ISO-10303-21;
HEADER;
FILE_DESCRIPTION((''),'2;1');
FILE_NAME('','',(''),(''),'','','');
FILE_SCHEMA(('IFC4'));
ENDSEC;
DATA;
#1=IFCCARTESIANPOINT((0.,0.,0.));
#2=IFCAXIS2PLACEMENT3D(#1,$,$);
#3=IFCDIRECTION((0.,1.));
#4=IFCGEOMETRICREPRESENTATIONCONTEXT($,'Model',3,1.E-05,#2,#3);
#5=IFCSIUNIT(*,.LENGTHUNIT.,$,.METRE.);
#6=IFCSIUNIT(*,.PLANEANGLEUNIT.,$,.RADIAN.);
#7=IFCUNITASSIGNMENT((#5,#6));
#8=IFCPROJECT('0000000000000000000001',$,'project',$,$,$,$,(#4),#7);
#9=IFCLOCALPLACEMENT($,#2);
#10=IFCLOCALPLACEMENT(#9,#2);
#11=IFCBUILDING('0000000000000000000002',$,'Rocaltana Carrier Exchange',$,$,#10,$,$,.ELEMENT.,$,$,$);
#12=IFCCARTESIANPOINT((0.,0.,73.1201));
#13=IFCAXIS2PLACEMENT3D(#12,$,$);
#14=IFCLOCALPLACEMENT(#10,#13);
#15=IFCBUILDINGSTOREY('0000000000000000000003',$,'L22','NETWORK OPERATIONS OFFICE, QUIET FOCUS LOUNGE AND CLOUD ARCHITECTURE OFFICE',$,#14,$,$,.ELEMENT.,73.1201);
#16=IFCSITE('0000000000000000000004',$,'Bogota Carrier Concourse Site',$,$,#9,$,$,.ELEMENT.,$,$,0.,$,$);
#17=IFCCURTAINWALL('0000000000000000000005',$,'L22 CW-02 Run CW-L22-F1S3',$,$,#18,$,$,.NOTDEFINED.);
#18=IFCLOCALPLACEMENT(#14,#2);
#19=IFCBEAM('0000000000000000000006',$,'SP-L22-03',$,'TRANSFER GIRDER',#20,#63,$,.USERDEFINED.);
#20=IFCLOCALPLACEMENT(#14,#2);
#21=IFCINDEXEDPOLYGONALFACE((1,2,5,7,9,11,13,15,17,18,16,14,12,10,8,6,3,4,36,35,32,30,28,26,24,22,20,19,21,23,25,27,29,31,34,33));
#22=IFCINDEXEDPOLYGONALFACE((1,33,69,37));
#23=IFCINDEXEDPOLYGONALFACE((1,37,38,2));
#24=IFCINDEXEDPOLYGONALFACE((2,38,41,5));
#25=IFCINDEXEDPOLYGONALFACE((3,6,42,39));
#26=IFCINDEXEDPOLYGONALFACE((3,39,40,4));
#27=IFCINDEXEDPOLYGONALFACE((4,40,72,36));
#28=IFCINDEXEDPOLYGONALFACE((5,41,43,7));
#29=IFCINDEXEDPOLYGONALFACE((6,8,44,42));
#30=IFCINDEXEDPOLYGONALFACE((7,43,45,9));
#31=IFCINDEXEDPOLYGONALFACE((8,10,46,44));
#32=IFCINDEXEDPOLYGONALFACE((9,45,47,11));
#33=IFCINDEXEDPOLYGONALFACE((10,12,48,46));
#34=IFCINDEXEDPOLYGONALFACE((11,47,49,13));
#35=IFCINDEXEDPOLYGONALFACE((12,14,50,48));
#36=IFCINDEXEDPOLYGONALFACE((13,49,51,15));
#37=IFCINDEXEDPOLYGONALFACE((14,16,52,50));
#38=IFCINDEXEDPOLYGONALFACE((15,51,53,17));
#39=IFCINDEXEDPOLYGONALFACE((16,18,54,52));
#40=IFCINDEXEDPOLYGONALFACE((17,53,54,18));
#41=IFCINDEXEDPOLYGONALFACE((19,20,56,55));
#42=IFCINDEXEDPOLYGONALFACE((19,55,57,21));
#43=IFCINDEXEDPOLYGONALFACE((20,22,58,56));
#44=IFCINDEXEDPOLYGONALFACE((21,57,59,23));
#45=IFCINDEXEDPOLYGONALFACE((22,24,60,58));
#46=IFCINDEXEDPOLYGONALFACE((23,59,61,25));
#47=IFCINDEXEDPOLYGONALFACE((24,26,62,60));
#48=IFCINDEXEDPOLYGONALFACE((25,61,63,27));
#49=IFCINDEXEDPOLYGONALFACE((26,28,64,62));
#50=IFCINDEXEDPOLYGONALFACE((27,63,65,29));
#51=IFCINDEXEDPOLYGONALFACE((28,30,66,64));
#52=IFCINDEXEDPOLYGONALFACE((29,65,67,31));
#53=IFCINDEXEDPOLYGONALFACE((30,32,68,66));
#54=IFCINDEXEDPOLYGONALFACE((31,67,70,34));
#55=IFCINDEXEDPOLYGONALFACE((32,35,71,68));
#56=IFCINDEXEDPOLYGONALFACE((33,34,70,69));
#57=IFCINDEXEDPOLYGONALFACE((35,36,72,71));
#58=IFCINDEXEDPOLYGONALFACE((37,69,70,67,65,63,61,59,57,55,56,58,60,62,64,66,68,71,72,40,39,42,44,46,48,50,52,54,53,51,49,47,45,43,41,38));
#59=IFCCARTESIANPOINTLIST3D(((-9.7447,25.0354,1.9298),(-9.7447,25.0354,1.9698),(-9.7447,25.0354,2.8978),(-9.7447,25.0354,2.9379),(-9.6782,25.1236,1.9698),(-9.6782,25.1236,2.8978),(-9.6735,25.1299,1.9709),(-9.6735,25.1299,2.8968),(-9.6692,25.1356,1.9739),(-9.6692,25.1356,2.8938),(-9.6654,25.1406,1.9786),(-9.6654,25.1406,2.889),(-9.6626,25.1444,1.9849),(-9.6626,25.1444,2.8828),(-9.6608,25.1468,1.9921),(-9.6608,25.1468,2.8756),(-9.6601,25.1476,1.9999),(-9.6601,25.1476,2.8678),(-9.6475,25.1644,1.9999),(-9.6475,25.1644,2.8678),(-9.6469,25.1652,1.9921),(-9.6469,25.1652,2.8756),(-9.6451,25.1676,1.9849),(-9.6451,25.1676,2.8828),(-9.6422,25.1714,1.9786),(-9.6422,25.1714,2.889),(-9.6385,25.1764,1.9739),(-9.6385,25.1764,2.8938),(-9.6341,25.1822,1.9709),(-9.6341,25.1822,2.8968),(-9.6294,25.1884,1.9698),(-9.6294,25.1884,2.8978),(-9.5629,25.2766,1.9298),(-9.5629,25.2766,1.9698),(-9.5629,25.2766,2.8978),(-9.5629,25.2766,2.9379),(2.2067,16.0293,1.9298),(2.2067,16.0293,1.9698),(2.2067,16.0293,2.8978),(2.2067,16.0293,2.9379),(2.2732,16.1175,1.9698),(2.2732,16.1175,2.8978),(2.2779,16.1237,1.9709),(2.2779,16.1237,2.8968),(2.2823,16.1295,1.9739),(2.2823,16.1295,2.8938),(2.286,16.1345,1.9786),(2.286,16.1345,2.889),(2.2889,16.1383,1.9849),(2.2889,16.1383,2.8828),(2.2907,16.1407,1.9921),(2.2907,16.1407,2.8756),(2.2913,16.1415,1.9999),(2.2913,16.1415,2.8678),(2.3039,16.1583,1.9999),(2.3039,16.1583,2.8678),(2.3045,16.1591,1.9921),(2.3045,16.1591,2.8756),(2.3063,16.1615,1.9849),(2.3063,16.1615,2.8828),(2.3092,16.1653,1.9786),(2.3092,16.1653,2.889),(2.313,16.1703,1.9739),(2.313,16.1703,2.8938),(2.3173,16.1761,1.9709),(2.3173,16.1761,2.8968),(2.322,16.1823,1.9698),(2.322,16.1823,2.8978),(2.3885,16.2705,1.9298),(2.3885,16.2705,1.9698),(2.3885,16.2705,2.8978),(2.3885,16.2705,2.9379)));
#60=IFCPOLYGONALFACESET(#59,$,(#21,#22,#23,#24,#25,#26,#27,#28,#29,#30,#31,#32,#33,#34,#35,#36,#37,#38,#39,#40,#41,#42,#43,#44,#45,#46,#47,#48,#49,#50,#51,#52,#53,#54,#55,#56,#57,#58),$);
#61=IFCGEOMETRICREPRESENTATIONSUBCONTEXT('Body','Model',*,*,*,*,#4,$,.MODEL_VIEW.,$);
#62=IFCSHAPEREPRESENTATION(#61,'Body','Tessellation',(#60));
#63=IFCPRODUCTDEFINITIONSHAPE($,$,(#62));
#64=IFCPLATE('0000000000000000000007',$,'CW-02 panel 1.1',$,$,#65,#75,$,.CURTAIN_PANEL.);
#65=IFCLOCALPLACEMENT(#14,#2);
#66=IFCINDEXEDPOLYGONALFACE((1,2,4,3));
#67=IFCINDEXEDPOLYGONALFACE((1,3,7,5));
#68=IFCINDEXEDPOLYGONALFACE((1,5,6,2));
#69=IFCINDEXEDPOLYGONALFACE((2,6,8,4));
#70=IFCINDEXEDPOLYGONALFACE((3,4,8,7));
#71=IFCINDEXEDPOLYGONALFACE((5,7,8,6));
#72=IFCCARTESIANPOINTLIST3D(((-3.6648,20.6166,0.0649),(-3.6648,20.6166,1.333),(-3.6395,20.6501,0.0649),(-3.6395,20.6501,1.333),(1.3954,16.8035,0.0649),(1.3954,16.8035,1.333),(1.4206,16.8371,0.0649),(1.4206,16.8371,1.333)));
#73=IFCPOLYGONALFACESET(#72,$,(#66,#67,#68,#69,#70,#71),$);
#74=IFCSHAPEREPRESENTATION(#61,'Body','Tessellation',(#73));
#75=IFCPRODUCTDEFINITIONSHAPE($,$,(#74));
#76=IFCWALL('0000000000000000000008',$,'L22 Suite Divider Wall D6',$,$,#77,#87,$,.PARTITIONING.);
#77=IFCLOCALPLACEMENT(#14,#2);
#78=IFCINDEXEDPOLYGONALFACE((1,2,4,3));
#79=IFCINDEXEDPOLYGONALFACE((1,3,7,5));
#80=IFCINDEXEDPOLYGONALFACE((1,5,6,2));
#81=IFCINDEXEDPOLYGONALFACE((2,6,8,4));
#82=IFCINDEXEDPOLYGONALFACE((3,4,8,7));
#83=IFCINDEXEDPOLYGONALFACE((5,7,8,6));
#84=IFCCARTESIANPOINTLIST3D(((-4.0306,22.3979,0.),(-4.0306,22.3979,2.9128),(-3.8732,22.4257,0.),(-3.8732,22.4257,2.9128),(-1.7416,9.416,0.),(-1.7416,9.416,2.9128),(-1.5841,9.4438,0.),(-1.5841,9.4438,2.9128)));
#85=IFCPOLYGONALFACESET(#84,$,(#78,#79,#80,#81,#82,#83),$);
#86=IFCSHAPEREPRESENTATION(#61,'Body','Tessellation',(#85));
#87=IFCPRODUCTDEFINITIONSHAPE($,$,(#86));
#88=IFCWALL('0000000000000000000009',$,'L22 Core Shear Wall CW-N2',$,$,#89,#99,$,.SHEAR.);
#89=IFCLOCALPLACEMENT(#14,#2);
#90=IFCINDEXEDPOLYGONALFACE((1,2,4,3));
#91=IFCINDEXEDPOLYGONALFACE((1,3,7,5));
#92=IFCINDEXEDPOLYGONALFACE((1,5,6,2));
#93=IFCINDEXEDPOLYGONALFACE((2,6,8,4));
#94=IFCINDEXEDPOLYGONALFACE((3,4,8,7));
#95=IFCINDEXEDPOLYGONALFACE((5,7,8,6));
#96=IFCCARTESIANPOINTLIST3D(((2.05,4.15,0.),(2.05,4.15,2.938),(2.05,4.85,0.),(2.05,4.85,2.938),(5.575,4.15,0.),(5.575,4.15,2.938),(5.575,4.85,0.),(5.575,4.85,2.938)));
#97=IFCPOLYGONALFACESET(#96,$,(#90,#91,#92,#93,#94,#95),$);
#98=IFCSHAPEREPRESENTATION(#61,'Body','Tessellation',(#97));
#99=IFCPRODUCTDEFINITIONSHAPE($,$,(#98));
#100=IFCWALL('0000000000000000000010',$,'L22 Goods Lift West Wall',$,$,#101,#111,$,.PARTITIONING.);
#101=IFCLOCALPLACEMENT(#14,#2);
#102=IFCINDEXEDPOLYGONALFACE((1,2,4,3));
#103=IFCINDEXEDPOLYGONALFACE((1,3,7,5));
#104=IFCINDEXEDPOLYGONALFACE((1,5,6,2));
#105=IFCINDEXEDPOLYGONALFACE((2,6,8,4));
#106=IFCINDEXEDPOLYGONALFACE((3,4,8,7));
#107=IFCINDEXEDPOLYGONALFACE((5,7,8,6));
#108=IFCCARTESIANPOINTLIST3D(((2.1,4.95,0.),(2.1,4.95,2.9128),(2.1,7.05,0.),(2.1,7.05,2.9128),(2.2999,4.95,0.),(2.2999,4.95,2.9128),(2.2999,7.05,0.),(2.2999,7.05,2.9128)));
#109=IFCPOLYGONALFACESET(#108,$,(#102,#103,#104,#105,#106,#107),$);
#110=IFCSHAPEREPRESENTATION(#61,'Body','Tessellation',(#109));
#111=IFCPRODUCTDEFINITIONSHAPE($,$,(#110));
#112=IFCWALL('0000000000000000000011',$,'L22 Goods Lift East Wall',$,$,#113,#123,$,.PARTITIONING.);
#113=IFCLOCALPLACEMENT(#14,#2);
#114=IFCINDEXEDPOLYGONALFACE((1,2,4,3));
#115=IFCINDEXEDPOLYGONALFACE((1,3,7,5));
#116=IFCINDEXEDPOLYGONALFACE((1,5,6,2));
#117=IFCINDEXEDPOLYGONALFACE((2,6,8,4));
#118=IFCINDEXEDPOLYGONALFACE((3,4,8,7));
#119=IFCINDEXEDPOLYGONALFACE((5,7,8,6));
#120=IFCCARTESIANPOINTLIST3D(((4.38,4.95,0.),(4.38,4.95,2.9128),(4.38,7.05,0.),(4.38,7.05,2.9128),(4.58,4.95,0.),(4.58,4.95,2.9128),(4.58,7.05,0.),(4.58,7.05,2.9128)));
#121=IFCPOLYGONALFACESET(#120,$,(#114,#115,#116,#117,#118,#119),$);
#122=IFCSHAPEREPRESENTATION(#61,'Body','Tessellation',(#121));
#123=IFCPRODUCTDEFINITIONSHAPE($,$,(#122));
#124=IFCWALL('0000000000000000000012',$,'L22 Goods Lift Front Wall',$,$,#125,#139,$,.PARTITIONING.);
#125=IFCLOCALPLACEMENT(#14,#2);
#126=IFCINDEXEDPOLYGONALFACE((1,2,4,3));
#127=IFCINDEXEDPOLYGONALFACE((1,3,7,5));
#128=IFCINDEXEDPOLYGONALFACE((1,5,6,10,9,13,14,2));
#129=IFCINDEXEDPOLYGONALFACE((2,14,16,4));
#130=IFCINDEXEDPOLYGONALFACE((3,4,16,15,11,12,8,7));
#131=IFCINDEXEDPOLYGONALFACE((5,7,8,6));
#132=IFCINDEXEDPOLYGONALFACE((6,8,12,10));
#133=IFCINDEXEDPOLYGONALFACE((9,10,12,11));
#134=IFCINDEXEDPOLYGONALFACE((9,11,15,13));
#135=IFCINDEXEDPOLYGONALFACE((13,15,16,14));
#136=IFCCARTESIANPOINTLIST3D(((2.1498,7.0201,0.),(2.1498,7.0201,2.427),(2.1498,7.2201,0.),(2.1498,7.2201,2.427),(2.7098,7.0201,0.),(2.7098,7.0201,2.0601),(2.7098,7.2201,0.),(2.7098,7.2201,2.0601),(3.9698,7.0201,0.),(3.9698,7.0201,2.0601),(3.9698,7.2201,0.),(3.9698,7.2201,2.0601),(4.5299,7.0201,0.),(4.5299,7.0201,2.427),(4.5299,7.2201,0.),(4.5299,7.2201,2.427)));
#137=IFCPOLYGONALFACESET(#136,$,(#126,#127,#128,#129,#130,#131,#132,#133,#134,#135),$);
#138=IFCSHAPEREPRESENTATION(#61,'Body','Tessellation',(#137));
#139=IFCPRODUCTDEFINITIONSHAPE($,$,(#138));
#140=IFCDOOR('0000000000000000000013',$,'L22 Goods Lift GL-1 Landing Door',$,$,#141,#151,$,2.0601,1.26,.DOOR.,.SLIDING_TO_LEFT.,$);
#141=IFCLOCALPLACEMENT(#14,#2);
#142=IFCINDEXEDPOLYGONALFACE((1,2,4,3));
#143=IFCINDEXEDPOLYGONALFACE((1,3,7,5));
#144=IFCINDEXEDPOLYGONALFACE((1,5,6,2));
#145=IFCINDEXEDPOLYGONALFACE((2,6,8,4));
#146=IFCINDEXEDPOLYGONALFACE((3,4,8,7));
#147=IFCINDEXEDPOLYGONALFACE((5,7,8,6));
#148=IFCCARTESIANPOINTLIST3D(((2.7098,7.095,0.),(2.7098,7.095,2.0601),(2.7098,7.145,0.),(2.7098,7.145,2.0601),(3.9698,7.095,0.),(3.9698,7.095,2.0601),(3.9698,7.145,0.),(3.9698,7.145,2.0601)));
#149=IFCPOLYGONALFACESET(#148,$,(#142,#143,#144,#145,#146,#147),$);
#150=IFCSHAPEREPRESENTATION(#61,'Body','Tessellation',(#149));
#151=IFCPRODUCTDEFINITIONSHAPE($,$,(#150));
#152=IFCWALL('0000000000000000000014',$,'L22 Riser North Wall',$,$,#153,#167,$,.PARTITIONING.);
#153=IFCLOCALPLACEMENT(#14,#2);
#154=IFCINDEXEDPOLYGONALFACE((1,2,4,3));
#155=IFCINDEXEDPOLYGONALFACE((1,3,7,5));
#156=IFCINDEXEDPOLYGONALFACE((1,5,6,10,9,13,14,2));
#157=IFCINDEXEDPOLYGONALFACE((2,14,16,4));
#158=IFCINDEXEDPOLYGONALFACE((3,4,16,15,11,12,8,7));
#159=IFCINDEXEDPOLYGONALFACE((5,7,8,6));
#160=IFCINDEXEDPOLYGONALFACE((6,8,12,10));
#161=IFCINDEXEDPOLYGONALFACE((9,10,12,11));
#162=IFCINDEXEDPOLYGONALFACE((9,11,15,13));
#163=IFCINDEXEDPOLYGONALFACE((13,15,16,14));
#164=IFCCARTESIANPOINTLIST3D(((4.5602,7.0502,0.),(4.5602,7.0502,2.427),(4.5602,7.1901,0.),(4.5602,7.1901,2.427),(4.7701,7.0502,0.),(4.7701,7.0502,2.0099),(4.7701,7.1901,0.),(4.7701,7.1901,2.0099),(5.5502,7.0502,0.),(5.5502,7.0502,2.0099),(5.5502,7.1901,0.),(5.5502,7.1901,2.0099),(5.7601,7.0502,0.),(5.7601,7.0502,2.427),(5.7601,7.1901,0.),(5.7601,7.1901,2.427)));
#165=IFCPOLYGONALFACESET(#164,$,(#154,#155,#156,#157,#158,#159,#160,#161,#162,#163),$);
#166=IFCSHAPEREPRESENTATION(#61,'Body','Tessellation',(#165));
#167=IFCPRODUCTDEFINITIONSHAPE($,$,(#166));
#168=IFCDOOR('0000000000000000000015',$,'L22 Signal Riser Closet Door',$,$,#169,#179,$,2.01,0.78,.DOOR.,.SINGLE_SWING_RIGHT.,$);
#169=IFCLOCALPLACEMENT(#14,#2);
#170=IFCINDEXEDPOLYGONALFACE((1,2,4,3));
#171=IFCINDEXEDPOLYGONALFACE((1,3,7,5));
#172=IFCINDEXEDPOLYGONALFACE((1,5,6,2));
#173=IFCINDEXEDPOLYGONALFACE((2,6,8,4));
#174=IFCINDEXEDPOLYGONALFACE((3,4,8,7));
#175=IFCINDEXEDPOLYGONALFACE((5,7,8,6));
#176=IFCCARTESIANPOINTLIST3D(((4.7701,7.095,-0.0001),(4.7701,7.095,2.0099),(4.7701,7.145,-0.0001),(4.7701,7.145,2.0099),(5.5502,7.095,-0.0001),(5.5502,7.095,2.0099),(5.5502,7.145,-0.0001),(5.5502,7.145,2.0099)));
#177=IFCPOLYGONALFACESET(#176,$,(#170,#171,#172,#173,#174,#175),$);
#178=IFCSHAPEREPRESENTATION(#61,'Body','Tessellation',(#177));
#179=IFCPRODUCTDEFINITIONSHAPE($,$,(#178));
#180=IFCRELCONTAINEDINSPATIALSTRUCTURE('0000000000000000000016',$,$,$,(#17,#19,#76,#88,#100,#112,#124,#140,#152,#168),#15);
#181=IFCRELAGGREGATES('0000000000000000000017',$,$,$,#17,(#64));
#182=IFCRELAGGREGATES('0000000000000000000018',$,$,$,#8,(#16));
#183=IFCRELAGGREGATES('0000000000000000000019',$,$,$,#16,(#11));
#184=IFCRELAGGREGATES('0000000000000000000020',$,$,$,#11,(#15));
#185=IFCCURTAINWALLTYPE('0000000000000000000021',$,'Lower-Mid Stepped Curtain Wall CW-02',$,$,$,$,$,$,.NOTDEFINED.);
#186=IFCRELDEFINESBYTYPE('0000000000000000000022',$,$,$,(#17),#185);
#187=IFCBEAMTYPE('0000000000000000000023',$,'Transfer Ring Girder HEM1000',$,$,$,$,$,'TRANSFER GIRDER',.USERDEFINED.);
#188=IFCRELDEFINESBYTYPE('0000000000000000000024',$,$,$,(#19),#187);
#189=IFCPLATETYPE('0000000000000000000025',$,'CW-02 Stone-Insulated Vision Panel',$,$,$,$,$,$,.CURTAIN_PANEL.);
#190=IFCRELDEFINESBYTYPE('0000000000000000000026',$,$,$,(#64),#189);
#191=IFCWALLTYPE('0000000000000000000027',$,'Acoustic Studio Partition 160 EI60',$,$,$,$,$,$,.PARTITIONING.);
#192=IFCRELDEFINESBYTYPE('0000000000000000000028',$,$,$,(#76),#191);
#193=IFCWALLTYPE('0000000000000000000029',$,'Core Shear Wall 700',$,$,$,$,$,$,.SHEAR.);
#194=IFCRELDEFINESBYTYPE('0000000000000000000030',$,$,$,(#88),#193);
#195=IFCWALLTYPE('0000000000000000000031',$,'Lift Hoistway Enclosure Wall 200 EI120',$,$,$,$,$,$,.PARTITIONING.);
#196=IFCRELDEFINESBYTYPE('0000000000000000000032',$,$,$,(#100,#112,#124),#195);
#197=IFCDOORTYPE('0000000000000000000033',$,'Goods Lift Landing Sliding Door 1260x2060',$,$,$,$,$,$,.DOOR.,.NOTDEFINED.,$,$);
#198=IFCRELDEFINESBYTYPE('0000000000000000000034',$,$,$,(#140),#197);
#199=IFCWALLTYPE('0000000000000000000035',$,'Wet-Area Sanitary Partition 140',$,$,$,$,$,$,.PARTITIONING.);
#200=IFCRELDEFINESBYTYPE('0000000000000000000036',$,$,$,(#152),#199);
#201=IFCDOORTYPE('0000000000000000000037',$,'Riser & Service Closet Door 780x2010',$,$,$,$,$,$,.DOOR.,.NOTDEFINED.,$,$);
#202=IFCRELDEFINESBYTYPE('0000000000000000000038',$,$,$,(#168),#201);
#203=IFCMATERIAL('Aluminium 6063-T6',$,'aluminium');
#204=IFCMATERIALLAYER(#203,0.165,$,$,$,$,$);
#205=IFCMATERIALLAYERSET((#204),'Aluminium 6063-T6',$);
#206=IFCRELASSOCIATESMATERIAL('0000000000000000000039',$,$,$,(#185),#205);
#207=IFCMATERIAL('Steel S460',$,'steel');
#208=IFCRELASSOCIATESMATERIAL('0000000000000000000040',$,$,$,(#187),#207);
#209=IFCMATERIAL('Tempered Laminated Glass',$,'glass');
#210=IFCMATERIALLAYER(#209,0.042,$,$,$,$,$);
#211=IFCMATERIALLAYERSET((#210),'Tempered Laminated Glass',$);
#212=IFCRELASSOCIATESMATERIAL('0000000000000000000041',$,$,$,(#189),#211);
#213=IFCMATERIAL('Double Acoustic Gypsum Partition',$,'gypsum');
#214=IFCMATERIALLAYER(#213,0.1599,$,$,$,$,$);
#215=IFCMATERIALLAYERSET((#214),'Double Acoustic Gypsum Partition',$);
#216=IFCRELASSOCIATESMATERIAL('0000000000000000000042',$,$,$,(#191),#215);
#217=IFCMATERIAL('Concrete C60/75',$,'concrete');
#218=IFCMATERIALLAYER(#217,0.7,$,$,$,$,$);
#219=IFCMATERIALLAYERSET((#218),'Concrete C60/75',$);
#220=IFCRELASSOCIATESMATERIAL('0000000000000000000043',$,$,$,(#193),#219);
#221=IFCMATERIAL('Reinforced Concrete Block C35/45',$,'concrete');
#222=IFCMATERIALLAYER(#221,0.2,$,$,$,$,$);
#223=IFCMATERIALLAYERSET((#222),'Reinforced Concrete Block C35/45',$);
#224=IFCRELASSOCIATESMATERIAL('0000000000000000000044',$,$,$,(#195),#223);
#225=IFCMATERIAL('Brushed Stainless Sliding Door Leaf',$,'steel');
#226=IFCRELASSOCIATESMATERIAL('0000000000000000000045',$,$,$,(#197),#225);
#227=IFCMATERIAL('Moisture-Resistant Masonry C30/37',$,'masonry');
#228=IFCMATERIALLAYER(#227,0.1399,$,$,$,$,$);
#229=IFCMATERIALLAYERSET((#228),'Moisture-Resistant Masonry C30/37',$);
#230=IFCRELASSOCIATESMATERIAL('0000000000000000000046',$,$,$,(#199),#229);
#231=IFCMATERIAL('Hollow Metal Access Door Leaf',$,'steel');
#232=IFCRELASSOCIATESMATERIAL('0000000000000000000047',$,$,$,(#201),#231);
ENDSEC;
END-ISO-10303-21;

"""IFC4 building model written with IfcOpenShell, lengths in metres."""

from ifc_helpers import new_model, si_unit, direction, frame, frame_2d, origin, origin_2d, place, context, subcontext, project, spatial, rectangle, i_section, extrude, material, layer, layer_set, material_profile, profile_set, type_object, element, fill, aggregate, save


model = new_model("IFC4")

# Units and contexts
model_context = context("Model", 3, precision=1e-05, world=origin(), true_north=direction((0.0, 1.0)))
body_context = subcontext(model_context, "Body", "Model", "MODEL_VIEW")
ifc_project = project(units=[si_unit("LENGTHUNIT", "METRE"), si_unit("PLANEANGLEUNIT", "RADIAN")], contexts=[model_context])

# Site, building, storey
site_placement = place(None, origin())
site = spatial("IfcSite", under=ifc_project, at=site_placement, Name="Bogota Carrier Concourse Site", CompositionType="ELEMENT", RefElevation=0.0)
building_placement = place(site_placement, origin())
building = spatial("IfcBuilding", under=site, at=building_placement, Name="Rocaltana Carrier Exchange", CompositionType="ELEMENT")
storey_placement = place(building_placement, frame((0.0, 0.0, 73.1201)))
storey = spatial("IfcBuildingStorey", under=building, at=storey_placement, Name="L22", Description="NETWORK OPERATIONS OFFICE, QUIET FOCUS LOUNGE AND CLOUD ARCHITECTURE OFFICE", CompositionType="ELEMENT", Elevation=73.1201)

# Shared definitions
ifc_material_1 = material(Name="Aluminium 6063-T6", Category="aluminium")
ifc_layer_1 = layer(ifc_material_1, 0.165)
ifc_layer_set_1 = layer_set([ifc_layer_1], Name="Aluminium 6063-T6")
curtain_wall_type = type_object("IfcCurtainWallType", Name="Lower-Mid Stepped Curtain Wall CW-02", PredefinedType="NOTDEFINED", material=ifc_layer_set_1)

# Curtain wall
curtain_wall_1_placement = place(storey_placement, origin())
curtain_wall_1 = element("IfcCurtainWall", 1, at=curtain_wall_1_placement, inside=storey, type_object=curtain_wall_type, Name="L22 CW-02 Run CW-L22-F1S3", PredefinedType="NOTDEFINED")

# Beam
ifc_material_2 = material(Name="Steel S460", Category="steel")
ifc_material_profile_1 = material_profile(ifc_material_2, i_section(OverallWidth=0.302, OverallDepth=1.0081, WebThickness=0.021, FlangeThickness=0.04, FilletRadius=0.03, at=origin_2d()), Name="HEM1000")
ifc_profile_set_1 = profile_set([ifc_material_profile_1], Name="Steel S460")
beam_type_1 = type_object("IfcBeamType", Name="Transfer Ring Girder HEM1000", ElementType="TRANSFER GIRDER", PredefinedType="USERDEFINED", material=ifc_profile_set_1)
beam_1_placement = place(storey_placement, frame((2.2976, 16.1499, 2.4338), z_axis=(-0.798633, 0.601818, 0.0), x_axis=(-0.601818, -0.798633, 0.0)))
element("IfcBeam", 2, at=beam_1_placement, inside=storey, type_object=beam_type_1, Name="SP-L22-03", ObjectType="TRANSFER GIRDER", PredefinedType="USERDEFINED", context=body_context, shape_type="SweptSolid", body=[
    extrude(i_section(OverallWidth=0.302, OverallDepth=1.0081, WebThickness=0.021, FlangeThickness=0.04, FilletRadius=0.03, at=origin_2d()), origin(), (0.0, 0.0, 1.0), 14.9648),
])

# Plate
ifc_material_3 = material(Name="Tempered Laminated Glass", Category="glass")
ifc_layer_2 = layer(ifc_material_3, 0.042)
ifc_layer_set_2 = layer_set([ifc_layer_2], Name="Tempered Laminated Glass")
plate_type = type_object("IfcPlateType", Name="CW-02 Stone-Insulated Vision Panel", PredefinedType="CURTAIN_PANEL", material=ifc_layer_set_2)
plate_placement = place(storey_placement, frame((-1.1221, 18.7268, 0.0649), z_axis=(0.0, 0.0, 1.0), x_axis=(-0.798638, 0.601812, 0.0)))
plate = element("IfcPlate", 3, at=plate_placement, type_object=plate_type, Name="CW-02 panel 1.1", PredefinedType="CURTAIN_PANEL", context=body_context, shape_type="SweptSolid", body=[
    extrude(rectangle(XDim=6.3359, YDim=0.042, at=origin_2d()), origin(), (0.0, 0.0, 1.0), 1.2681),
])
aggregate(curtain_wall_1, [plate])

# Walls
ifc_material_4 = material(Name="Double Acoustic Gypsum Partition", Category="gypsum")
ifc_layer_3 = layer(ifc_material_4, 0.1599)
ifc_layer_set_3 = layer_set([ifc_layer_3], Name="Double Acoustic Gypsum Partition")
wall_type_1 = type_object("IfcWallType", Name="Acoustic Studio Partition 160 EI60", PredefinedType="PARTITIONING", material=ifc_layer_set_3)
wall_1_placement = place(storey_placement, frame((-1.6628, 9.4299, 0.0), z_axis=(0.0, 0.0, 1.0), x_axis=(-0.173648, 0.984808, 0.0)))
element("IfcWall", 4, at=wall_1_placement, inside=storey, type_object=wall_type_1, Name="L22 Suite Divider Wall D6", PredefinedType="PARTITIONING", context=body_context, shape_type="SweptSolid", body=[
    extrude(rectangle(XDim=13.1821, YDim=0.1599, at=frame_2d((6.5911, 0.0))), origin(), (0.0, 0.0, 1.0), 2.9128),
])
ifc_material_5 = material(Name="Concrete C60/75", Category="concrete")
ifc_layer_4 = layer(ifc_material_5, 0.7)
ifc_layer_set_4 = layer_set([ifc_layer_4], Name="Concrete C60/75")
wall_type_2 = type_object("IfcWallType", Name="Core Shear Wall 700", PredefinedType="SHEAR", material=ifc_layer_set_4)
wall_2_placement = place(storey_placement, frame((2.05, 4.5, 0.0), z_axis=(0.0, 0.0, 1.0), x_axis=(1.0, 0.0, 0.0)))
element("IfcWall", 5, at=wall_2_placement, inside=storey, type_object=wall_type_2, Name="L22 Core Shear Wall CW-N2", PredefinedType="SHEAR", context=body_context, shape_type="SweptSolid", body=[
    extrude(rectangle(XDim=3.5249, YDim=0.7, at=frame_2d((1.7625, 0.0))), origin(), (0.0, 0.0, 1.0), 2.938),
])
ifc_material_6 = material(Name="Reinforced Concrete Block C35/45", Category="concrete")
ifc_layer_5 = layer(ifc_material_6, 0.2)
ifc_layer_set_5 = layer_set([ifc_layer_5], Name="Reinforced Concrete Block C35/45")
wall_type_3 = type_object("IfcWallType", Name="Lift Hoistway Enclosure Wall 200 EI120", PredefinedType="PARTITIONING", material=ifc_layer_set_5)
for number, where, z_axis, x_axis, name in (
    (6, (2.2, 4.95, 0.0), (0.0, 0.0, 1.0), (0.0, 1.0, 0.0), "L22 Goods Lift West Wall"),
    (7, (4.48, 4.95, 0.0), (0.0, 0.0, 1.0), (0.0, 1.0, 0.0), "L22 Goods Lift East Wall"),
):
    element("IfcWall", number, at=place(storey_placement, frame(where, z_axis=z_axis, x_axis=x_axis)), inside=storey, type_object=wall_type_3, Name=name, PredefinedType="PARTITIONING", context=body_context, shape_type="SweptSolid", body=[
        extrude(rectangle(XDim=2.1001, YDim=0.2, at=frame_2d((1.05, 0.0))), origin(), (0.0, 0.0, 1.0), 2.9128),
    ])

# Walls, openings, doors
wall_3_placement = place(storey_placement, frame((2.1499, 7.1201, 0.0), z_axis=(0.0, 0.0, 1.0), x_axis=(1.0, 0.0, 0.0)))
wall_3 = element("IfcWall", 8, at=wall_3_placement, inside=storey, type_object=wall_type_3, Name="L22 Goods Lift Front Wall", PredefinedType="PARTITIONING", context=body_context, shape_type="SweptSolid", body=[
    extrude(rectangle(XDim=2.3801, YDim=0.2, at=frame_2d((1.1899, 0.0))), origin(), (0.0, 0.0, 1.0), 2.427),
])
opening_1_placement = place(wall_3_placement, frame((0.5601, 0.0, 0.0)))
opening_1 = element("IfcOpeningElement", 9, at=opening_1_placement, cuts=wall_3, PredefinedType="OPENING", context=body_context, shape_type="SweptSolid", body=[
    extrude(rectangle(XDim=1.26, YDim=2.0601, at=frame_2d((0.6299, 1.03))), frame((0.0, 0.1099, 0.0), z_axis=(0.0, -1.0, 0.0), x_axis=(1.0, 0.0, 0.0)), (0.0, 0.0, 1.0), 0.22),
])
ifc_material_7 = material(Name="Brushed Stainless Sliding Door Leaf", Category="steel")
door_type_1 = type_object("IfcDoorType", Name="Goods Lift Landing Sliding Door 1260x2060", OperationType="NOTDEFINED", PredefinedType="DOOR", material=ifc_material_7)
door_1_placement = place(opening_1_placement, origin())
door_1 = element("IfcDoor", 10, at=door_1_placement, inside=storey, type_object=door_type_1, Name="L22 Goods Lift GL-1 Landing Door", OperationType="SLIDING_TO_LEFT", OverallHeight=2.0601, OverallWidth=1.26, PredefinedType="DOOR", context=body_context, shape_type="SweptSolid", body=[
    extrude(rectangle(XDim=1.26, YDim=2.0601, at=frame_2d((0.6299, 1.03))), frame((0.0, 0.0249, 0.0), z_axis=(0.0, -1.0, 0.0), x_axis=(1.0, 0.0, 0.0)), (0.0, 0.0, 1.0), 0.05),
])
fill(opening_1, door_1)
ifc_material_8 = material(Name="Moisture-Resistant Masonry C30/37", Category="masonry")
ifc_layer_6 = layer(ifc_material_8, 0.1399)
ifc_layer_set_6 = layer_set([ifc_layer_6], Name="Moisture-Resistant Masonry C30/37")
wall_type_4 = type_object("IfcWallType", Name="Wet-Area Sanitary Partition 140", PredefinedType="PARTITIONING", material=ifc_layer_set_6)
wall_4_placement = place(storey_placement, frame((4.5601, 7.1201, 0.0), z_axis=(0.0, 0.0, 1.0), x_axis=(1.0, 0.0, 0.0)))
wall_4 = element("IfcWall", 11, at=wall_4_placement, inside=storey, type_object=wall_type_4, Name="L22 Riser North Wall", PredefinedType="PARTITIONING", context=body_context, shape_type="SweptSolid", body=[
    extrude(rectangle(XDim=1.2, YDim=0.1399, at=frame_2d((0.6001, 0.0))), origin(), (0.0, 0.0, 1.0), 2.427),
])
opening_2_placement = place(wall_4_placement, frame((0.21, 0.0, 0.0)))
opening_2 = element("IfcOpeningElement", 12, at=opening_2_placement, cuts=wall_4, PredefinedType="OPENING", context=body_context, shape_type="SweptSolid", body=[
    extrude(rectangle(XDim=0.78, YDim=2.01, at=frame_2d((0.3901, 1.0049))), frame((0.0, 0.0798, 0.0), z_axis=(0.0, -1.0, 0.0), x_axis=(1.0, 0.0, 0.0)), (0.0, 0.0, 1.0), 0.1599),
])
ifc_material_9 = material(Name="Hollow Metal Access Door Leaf", Category="steel")
door_type_2 = type_object("IfcDoorType", Name="Riser & Service Closet Door 780x2010", OperationType="NOTDEFINED", PredefinedType="DOOR", material=ifc_material_9)
door_2_placement = place(opening_2_placement, origin())
door_2 = element("IfcDoor", 13, at=door_2_placement, inside=storey, type_object=door_type_2, Name="L22 Signal Riser Closet Door", OperationType="SINGLE_SWING_RIGHT", OverallHeight=2.01, OverallWidth=0.78, PredefinedType="DOOR", context=body_context, shape_type="SweptSolid", body=[
    extrude(rectangle(XDim=0.78, YDim=2.01, at=frame_2d((0.3901, 1.0049))), frame((0.0, 0.0249, 0.0), z_axis=(0.0, -1.0, 0.0), x_axis=(1.0, 0.0, 0.0)), (0.0, 0.0, 1.0), 0.05),
])
fill(opening_2, door_2)

save(model, "model.ifc")
